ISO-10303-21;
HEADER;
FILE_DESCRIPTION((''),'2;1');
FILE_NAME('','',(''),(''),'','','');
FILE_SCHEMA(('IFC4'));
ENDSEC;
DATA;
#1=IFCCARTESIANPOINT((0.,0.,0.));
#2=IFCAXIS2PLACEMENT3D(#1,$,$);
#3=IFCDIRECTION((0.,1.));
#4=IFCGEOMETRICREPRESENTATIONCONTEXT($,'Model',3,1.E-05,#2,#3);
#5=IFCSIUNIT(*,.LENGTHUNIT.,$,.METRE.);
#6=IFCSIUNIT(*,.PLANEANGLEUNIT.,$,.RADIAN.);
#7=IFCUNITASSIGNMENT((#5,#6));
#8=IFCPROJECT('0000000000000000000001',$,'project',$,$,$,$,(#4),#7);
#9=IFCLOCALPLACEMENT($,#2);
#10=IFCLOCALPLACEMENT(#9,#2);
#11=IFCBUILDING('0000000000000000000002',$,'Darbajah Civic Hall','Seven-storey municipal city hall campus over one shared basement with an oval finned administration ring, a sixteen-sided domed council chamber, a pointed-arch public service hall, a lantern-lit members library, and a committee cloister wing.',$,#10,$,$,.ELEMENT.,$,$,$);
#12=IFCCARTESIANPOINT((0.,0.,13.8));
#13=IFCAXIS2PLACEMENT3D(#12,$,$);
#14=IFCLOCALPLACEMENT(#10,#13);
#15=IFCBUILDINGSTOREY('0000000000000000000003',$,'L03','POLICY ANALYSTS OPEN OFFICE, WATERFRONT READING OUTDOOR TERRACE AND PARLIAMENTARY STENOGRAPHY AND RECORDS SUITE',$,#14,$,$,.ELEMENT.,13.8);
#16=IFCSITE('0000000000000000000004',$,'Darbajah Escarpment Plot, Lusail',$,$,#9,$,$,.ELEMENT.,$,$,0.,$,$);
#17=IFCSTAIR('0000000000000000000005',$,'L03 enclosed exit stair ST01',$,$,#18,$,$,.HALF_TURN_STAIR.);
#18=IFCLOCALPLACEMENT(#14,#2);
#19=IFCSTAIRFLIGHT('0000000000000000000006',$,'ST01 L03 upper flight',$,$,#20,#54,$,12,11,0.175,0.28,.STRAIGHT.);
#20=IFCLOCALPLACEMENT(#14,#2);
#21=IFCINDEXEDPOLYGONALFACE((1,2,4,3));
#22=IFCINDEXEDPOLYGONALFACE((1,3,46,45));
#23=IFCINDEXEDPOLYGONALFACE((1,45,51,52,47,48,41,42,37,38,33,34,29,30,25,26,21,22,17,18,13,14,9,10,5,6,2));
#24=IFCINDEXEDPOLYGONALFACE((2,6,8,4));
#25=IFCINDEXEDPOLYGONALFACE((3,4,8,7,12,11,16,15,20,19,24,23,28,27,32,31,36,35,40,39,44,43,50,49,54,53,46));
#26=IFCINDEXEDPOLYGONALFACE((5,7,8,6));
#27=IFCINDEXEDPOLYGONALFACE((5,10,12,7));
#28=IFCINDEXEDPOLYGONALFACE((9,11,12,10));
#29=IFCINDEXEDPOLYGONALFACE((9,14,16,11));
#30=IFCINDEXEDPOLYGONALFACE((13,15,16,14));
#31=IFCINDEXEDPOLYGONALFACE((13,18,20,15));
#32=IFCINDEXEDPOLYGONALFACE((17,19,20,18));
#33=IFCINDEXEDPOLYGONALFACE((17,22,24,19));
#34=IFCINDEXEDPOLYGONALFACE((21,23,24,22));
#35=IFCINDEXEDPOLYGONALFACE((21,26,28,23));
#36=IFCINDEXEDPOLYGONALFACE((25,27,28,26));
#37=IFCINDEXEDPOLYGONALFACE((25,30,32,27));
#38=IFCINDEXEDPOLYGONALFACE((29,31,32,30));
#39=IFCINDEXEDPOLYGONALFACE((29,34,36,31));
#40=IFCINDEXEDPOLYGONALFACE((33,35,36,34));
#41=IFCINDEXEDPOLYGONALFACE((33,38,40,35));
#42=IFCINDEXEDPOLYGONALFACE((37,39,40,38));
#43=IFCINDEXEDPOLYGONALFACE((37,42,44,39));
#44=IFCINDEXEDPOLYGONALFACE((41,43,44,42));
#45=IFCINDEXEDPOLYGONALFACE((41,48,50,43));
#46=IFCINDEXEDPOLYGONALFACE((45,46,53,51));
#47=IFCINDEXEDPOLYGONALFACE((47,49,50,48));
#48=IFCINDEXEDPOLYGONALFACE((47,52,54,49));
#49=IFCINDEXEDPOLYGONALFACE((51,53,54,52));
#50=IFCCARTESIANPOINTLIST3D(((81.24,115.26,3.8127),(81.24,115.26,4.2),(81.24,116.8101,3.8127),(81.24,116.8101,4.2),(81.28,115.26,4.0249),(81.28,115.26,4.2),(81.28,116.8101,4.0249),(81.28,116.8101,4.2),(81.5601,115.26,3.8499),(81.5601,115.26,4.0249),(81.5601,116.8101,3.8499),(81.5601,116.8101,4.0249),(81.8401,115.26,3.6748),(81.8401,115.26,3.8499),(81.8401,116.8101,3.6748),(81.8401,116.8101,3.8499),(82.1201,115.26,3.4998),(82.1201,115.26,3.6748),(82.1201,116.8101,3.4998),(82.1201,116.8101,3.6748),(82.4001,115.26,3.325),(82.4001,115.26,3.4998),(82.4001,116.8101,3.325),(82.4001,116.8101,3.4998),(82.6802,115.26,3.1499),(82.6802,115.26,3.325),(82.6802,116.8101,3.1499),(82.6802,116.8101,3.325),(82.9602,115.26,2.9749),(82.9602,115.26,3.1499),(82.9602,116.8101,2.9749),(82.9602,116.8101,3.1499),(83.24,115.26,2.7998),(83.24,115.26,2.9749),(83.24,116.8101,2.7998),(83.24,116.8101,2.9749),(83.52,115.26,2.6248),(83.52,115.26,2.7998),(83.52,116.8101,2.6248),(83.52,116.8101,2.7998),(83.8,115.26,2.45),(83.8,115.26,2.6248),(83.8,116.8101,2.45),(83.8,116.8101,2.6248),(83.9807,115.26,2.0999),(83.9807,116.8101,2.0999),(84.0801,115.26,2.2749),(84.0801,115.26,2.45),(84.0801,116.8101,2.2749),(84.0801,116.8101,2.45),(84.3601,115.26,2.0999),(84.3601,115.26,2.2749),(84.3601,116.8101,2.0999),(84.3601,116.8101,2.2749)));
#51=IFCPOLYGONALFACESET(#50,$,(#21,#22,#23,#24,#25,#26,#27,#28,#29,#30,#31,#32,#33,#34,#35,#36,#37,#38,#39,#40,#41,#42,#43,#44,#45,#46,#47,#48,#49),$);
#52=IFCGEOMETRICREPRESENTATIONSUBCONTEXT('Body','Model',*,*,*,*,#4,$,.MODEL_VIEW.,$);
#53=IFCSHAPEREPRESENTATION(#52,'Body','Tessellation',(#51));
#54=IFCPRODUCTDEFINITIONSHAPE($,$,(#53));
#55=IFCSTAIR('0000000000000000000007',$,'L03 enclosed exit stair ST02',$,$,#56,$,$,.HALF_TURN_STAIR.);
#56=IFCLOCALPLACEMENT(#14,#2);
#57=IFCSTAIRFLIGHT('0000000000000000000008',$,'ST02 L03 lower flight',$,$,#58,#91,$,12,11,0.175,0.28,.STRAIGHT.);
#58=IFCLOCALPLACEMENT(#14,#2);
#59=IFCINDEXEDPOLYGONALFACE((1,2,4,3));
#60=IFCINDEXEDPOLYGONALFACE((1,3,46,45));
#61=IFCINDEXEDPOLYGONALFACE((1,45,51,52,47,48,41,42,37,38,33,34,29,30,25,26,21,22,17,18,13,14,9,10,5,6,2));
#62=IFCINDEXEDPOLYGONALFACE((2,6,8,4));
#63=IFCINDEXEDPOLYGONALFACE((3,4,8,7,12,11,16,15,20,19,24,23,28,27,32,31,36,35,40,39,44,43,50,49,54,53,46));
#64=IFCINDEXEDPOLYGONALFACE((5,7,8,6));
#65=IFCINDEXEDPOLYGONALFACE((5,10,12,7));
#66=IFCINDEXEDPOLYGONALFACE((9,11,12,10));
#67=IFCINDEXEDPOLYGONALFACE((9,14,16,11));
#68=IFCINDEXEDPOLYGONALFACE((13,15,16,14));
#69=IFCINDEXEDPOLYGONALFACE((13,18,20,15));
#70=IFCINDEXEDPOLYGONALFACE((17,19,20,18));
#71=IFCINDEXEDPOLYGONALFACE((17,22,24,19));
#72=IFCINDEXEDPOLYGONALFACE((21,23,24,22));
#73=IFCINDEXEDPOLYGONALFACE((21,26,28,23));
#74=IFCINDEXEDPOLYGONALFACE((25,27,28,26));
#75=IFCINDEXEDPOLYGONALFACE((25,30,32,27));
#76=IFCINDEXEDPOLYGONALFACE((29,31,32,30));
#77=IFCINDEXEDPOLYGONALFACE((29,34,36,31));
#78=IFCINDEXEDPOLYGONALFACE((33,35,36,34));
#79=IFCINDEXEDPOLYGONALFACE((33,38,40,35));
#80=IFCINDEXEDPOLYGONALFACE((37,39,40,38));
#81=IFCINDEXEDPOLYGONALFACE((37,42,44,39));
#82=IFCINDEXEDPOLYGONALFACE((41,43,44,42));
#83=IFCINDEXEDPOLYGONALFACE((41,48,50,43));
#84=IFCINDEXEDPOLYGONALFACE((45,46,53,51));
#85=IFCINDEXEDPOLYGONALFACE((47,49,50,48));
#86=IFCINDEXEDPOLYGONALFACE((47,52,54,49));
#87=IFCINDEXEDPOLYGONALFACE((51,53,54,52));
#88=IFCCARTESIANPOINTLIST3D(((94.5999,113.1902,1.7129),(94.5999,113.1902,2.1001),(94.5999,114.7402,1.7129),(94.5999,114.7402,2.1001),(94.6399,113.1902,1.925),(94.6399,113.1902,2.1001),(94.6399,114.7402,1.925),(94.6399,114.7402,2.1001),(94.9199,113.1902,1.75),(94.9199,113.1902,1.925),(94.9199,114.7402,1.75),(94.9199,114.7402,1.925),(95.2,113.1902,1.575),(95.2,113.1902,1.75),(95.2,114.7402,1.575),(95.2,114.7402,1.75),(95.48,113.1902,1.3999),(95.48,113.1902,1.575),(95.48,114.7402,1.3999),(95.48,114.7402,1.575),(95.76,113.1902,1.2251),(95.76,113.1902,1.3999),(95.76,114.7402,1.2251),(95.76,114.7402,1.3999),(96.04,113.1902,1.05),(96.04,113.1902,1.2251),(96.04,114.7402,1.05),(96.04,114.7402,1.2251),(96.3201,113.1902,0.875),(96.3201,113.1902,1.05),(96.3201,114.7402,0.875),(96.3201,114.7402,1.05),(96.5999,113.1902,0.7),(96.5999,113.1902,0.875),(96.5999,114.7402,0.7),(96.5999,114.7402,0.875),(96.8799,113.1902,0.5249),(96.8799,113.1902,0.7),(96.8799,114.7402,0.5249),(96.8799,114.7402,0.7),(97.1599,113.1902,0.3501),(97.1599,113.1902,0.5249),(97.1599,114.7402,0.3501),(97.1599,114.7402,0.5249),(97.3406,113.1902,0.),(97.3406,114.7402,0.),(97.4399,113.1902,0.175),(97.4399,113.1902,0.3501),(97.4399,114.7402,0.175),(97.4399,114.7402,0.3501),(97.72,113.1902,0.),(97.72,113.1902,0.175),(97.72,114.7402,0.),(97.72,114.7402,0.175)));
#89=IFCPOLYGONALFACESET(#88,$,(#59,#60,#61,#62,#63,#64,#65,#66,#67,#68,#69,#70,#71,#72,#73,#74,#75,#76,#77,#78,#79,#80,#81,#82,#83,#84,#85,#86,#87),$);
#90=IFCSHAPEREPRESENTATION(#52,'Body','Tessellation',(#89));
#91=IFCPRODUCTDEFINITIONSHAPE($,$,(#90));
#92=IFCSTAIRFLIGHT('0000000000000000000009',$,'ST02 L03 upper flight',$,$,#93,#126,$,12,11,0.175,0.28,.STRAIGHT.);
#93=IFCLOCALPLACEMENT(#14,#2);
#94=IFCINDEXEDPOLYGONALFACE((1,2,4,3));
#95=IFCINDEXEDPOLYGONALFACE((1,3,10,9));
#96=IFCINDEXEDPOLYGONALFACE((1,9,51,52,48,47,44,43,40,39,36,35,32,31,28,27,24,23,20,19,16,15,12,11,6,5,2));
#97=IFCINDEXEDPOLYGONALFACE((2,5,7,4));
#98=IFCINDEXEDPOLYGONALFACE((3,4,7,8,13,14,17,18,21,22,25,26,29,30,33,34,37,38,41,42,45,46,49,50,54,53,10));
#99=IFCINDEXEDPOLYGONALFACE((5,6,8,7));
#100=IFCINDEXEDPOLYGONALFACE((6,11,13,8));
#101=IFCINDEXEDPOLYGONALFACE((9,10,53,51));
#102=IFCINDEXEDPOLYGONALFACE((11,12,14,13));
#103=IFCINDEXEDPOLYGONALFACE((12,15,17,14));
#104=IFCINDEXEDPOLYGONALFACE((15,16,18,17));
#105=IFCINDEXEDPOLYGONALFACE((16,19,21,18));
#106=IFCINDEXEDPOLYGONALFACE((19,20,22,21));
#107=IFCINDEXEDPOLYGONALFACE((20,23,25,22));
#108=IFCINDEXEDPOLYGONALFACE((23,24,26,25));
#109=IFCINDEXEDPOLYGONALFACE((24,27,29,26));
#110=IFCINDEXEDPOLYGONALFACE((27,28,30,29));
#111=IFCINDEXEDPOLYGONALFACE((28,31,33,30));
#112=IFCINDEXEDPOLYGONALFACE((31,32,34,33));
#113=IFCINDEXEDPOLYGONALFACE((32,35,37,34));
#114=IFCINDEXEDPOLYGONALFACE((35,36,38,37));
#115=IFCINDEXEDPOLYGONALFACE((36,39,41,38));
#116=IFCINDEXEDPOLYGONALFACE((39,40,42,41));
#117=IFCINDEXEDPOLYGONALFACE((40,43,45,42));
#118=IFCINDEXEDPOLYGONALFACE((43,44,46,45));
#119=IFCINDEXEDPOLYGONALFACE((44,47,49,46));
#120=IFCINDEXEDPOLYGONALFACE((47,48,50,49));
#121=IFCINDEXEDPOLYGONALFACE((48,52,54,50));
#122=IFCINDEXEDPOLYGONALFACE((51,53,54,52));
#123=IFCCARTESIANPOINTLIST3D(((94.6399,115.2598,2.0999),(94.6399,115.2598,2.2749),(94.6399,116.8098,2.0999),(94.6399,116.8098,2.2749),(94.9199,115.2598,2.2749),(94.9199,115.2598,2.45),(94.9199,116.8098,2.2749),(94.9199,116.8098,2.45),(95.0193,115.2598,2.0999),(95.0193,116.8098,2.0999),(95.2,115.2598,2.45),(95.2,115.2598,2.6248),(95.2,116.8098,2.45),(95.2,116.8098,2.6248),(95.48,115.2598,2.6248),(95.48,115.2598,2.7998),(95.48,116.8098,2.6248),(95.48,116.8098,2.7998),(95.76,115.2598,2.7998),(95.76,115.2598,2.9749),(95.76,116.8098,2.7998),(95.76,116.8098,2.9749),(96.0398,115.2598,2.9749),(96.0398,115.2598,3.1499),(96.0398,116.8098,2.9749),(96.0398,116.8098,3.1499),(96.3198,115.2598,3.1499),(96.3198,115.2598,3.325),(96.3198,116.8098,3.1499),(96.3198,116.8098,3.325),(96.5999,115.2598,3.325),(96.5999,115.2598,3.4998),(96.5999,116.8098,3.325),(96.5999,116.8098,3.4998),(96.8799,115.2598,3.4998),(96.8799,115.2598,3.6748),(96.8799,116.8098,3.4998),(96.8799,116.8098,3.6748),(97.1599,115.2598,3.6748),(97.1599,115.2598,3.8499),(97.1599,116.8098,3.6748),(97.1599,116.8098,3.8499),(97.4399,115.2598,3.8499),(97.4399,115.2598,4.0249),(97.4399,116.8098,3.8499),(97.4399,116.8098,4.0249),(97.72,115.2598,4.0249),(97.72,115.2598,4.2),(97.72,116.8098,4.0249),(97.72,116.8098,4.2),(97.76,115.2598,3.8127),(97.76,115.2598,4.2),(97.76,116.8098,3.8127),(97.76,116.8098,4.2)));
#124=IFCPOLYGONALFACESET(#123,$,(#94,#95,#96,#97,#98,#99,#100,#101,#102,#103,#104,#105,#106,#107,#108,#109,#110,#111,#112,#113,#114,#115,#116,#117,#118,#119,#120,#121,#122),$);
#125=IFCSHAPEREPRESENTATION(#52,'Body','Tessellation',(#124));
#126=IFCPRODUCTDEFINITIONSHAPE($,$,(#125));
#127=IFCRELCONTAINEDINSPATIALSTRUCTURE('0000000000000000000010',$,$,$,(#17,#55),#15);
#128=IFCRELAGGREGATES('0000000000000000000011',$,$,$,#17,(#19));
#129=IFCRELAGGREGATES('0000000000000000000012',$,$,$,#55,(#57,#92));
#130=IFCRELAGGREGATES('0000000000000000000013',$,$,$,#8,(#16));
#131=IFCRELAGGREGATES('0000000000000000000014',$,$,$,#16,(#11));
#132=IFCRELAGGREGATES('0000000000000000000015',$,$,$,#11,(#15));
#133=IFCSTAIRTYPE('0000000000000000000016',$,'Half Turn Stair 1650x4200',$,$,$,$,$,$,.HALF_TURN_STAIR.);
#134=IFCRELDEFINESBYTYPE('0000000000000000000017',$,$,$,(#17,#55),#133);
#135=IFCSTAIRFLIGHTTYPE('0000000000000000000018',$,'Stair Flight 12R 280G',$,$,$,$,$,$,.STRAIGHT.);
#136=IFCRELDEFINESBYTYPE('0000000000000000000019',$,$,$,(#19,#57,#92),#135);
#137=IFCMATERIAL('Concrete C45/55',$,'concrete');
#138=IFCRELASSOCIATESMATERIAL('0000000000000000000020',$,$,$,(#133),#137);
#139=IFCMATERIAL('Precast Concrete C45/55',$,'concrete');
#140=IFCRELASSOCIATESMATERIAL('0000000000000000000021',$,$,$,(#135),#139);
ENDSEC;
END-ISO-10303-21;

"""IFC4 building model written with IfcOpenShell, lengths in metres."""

from ifc_helpers import new_model, si_unit, direction, frame, origin, place, context, subcontext, project, spatial, polyline, outline, extrude, material, type_object, element, aggregate, save


model = new_model("IFC4")

# Units and contexts
model_context = context("Model", 3, precision=1e-05, world=origin(), true_north=direction((0.0, 1.0)))
body_context = subcontext(model_context, "Body", "Model", "MODEL_VIEW")
ifc_project = project(units=[si_unit("LENGTHUNIT", "METRE"), si_unit("PLANEANGLEUNIT", "RADIAN")], contexts=[model_context])

# Site, building, storey
site_placement = place(None, origin())
site = spatial("IfcSite", under=ifc_project, at=site_placement, Name="Darbajah Escarpment Plot, Lusail", CompositionType="ELEMENT", RefElevation=0.0)
building_placement = place(site_placement, origin())
building = spatial("IfcBuilding", under=site, at=building_placement, Name="Darbajah Civic Hall", Description="Seven-storey municipal city hall campus over one shared basement with an oval finned administration ring, a sixteen-sided domed council chamber, a pointed-arch public service hall, a lantern-lit members library, and a committee cloister wing.", CompositionType="ELEMENT")
storey_placement = place(building_placement, frame((0.0, 0.0, 13.8)))
storey = spatial("IfcBuildingStorey", under=building, at=storey_placement, Name="L03", Description="POLICY ANALYSTS OPEN OFFICE, WATERFRONT READING OUTDOOR TERRACE AND PARLIAMENTARY STENOGRAPHY AND RECORDS SUITE", CompositionType="ELEMENT", Elevation=13.8)

# Shared definitions
ifc_material_1 = material(Name="Concrete C45/55", Category="concrete")

# Stair, stair flight
stair_type = type_object("IfcStairType", Name="Half Turn Stair 1650x4200", PredefinedType="HALF_TURN_STAIR", material=ifc_material_1)
stair_1_placement = place(storey_placement, origin())
stair_1 = element("IfcStair", 1, at=stair_1_placement, inside=storey, type_object=stair_type, Name="L03 enclosed exit stair ST01", PredefinedType="HALF_TURN_STAIR")
ifc_material_2 = material(Name="Precast Concrete C45/55", Category="concrete")
stair_flight_type = type_object("IfcStairFlightType", Name="Stair Flight 12R 280G", PredefinedType="STRAIGHT", material=ifc_material_2)
stair_flight_1_placement = place(storey_placement, frame((84.3601, 116.0349, 2.0999), z_axis=(0.0, 0.0, 1.0), x_axis=(-1.0, 0.0, 0.0)))
stair_flight_1 = element("IfcStairFlight", 2, at=stair_flight_1_placement, type_object=stair_flight_type, Name="ST01 L03 upper flight", NumberOfRisers=12, NumberOfTreads=11, PredefinedType="STRAIGHT", RiserHeight=0.175, TreadLength=0.28, context=body_context, shape_type="SweptSolid", body=[
    extrude(outline(polyline([(0.0, 0.0), (0.0, 0.175), (0.28, 0.175), (0.28, 0.3501), (0.5601, 0.3501), (0.5601, 0.5249), (0.8401, 0.5249), (0.8401, 0.7), (1.1201, 0.7), (1.1201, 0.875), (1.3999, 0.875), (1.3999, 1.05), (1.6799, 1.05), (1.6799, 1.2251), (1.96, 1.2251), (1.96, 1.3999), (2.24, 1.3999), (2.24, 1.575), (2.52, 1.575), (2.52, 1.75), (2.8, 1.75), (2.8, 1.925), (3.0801, 1.925), (3.0801, 2.1001), (3.1201, 2.1001), (3.1201, 1.7129), (0.3794, 0.0), (0.0, 0.0)])), frame((0.0, 0.7749, 0.0), z_axis=(0.0, -1.0, 0.0), x_axis=(1.0, 0.0, 0.0)), (0.0, 0.0, 1.0), 1.55),
])
aggregate(stair_1, [stair_flight_1])

# Stair, stair flights
stair_2_placement = place(storey_placement, origin())
stair_2 = element("IfcStair", 3, at=stair_2_placement, inside=storey, type_object=stair_type, Name="L03 enclosed exit stair ST02", PredefinedType="HALF_TURN_STAIR")
stair_flight_2_placement = place(storey_placement, frame((97.72, 113.9651, 0.0), z_axis=(0.0, 0.0, 1.0), x_axis=(-1.0, 0.0, 0.0)))
stair_flight_2 = element("IfcStairFlight", 4, at=stair_flight_2_placement, type_object=stair_flight_type, Name="ST02 L03 lower flight", NumberOfRisers=12, NumberOfTreads=11, PredefinedType="STRAIGHT", RiserHeight=0.175, TreadLength=0.28, context=body_context, shape_type="SweptSolid", body=[
    extrude(outline(polyline([(0.0, 0.0), (0.0, 0.175), (0.28, 0.175), (0.28, 0.3501), (0.5601, 0.3501), (0.5601, 0.5249), (0.8401, 0.5249), (0.8401, 0.7), (1.1201, 0.7), (1.1201, 0.875), (1.3999, 0.875), (1.3999, 1.05), (1.6799, 1.05), (1.6799, 1.2251), (1.96, 1.2251), (1.96, 1.3999), (2.24, 1.3999), (2.24, 1.575), (2.52, 1.575), (2.52, 1.75), (2.8, 1.75), (2.8, 1.925), (3.0801, 1.925), (3.0801, 2.1001), (3.1201, 2.1001), (3.1201, 1.7129), (0.3794, 0.0), (0.0, 0.0)])), frame((0.0, 0.7749, 0.0), z_axis=(0.0, -1.0, 0.0), x_axis=(1.0, 0.0, 0.0)), (0.0, 0.0, 1.0), 1.55),
])
stair_flight_3_placement = place(storey_placement, frame((94.6399, 116.0349, 2.0999), z_axis=(0.0, 0.0, 1.0), x_axis=(1.0, 0.0, 0.0)))
stair_flight_3 = element("IfcStairFlight", 5, at=stair_flight_3_placement, type_object=stair_flight_type, Name="ST02 L03 upper flight", NumberOfRisers=12, NumberOfTreads=11, PredefinedType="STRAIGHT", RiserHeight=0.175, TreadLength=0.28, context=body_context, shape_type="SweptSolid", body=[
    extrude(outline(polyline([(0.0, 0.0), (0.0, 0.175), (0.28, 0.175), (0.28, 0.3501), (0.5601, 0.3501), (0.5601, 0.5249), (0.8401, 0.5249), (0.8401, 0.7), (1.1201, 0.7), (1.1201, 0.875), (1.3999, 0.875), (1.3999, 1.05), (1.6799, 1.05), (1.6799, 1.2251), (1.96, 1.2251), (1.96, 1.3999), (2.24, 1.3999), (2.24, 1.575), (2.52, 1.575), (2.52, 1.75), (2.8, 1.75), (2.8, 1.925), (3.0801, 1.925), (3.0801, 2.1001), (3.1201, 2.1001), (3.1201, 1.7129), (0.3794, 0.0), (0.0, 0.0)])), frame((0.0, 0.7749, 0.0), z_axis=(0.0, -1.0, 0.0), x_axis=(1.0, 0.0, 0.0)), (0.0, 0.0, 1.0), 1.55),
])
aggregate(stair_2, [stair_flight_2, stair_flight_3])

save(model, "model.ifc")
